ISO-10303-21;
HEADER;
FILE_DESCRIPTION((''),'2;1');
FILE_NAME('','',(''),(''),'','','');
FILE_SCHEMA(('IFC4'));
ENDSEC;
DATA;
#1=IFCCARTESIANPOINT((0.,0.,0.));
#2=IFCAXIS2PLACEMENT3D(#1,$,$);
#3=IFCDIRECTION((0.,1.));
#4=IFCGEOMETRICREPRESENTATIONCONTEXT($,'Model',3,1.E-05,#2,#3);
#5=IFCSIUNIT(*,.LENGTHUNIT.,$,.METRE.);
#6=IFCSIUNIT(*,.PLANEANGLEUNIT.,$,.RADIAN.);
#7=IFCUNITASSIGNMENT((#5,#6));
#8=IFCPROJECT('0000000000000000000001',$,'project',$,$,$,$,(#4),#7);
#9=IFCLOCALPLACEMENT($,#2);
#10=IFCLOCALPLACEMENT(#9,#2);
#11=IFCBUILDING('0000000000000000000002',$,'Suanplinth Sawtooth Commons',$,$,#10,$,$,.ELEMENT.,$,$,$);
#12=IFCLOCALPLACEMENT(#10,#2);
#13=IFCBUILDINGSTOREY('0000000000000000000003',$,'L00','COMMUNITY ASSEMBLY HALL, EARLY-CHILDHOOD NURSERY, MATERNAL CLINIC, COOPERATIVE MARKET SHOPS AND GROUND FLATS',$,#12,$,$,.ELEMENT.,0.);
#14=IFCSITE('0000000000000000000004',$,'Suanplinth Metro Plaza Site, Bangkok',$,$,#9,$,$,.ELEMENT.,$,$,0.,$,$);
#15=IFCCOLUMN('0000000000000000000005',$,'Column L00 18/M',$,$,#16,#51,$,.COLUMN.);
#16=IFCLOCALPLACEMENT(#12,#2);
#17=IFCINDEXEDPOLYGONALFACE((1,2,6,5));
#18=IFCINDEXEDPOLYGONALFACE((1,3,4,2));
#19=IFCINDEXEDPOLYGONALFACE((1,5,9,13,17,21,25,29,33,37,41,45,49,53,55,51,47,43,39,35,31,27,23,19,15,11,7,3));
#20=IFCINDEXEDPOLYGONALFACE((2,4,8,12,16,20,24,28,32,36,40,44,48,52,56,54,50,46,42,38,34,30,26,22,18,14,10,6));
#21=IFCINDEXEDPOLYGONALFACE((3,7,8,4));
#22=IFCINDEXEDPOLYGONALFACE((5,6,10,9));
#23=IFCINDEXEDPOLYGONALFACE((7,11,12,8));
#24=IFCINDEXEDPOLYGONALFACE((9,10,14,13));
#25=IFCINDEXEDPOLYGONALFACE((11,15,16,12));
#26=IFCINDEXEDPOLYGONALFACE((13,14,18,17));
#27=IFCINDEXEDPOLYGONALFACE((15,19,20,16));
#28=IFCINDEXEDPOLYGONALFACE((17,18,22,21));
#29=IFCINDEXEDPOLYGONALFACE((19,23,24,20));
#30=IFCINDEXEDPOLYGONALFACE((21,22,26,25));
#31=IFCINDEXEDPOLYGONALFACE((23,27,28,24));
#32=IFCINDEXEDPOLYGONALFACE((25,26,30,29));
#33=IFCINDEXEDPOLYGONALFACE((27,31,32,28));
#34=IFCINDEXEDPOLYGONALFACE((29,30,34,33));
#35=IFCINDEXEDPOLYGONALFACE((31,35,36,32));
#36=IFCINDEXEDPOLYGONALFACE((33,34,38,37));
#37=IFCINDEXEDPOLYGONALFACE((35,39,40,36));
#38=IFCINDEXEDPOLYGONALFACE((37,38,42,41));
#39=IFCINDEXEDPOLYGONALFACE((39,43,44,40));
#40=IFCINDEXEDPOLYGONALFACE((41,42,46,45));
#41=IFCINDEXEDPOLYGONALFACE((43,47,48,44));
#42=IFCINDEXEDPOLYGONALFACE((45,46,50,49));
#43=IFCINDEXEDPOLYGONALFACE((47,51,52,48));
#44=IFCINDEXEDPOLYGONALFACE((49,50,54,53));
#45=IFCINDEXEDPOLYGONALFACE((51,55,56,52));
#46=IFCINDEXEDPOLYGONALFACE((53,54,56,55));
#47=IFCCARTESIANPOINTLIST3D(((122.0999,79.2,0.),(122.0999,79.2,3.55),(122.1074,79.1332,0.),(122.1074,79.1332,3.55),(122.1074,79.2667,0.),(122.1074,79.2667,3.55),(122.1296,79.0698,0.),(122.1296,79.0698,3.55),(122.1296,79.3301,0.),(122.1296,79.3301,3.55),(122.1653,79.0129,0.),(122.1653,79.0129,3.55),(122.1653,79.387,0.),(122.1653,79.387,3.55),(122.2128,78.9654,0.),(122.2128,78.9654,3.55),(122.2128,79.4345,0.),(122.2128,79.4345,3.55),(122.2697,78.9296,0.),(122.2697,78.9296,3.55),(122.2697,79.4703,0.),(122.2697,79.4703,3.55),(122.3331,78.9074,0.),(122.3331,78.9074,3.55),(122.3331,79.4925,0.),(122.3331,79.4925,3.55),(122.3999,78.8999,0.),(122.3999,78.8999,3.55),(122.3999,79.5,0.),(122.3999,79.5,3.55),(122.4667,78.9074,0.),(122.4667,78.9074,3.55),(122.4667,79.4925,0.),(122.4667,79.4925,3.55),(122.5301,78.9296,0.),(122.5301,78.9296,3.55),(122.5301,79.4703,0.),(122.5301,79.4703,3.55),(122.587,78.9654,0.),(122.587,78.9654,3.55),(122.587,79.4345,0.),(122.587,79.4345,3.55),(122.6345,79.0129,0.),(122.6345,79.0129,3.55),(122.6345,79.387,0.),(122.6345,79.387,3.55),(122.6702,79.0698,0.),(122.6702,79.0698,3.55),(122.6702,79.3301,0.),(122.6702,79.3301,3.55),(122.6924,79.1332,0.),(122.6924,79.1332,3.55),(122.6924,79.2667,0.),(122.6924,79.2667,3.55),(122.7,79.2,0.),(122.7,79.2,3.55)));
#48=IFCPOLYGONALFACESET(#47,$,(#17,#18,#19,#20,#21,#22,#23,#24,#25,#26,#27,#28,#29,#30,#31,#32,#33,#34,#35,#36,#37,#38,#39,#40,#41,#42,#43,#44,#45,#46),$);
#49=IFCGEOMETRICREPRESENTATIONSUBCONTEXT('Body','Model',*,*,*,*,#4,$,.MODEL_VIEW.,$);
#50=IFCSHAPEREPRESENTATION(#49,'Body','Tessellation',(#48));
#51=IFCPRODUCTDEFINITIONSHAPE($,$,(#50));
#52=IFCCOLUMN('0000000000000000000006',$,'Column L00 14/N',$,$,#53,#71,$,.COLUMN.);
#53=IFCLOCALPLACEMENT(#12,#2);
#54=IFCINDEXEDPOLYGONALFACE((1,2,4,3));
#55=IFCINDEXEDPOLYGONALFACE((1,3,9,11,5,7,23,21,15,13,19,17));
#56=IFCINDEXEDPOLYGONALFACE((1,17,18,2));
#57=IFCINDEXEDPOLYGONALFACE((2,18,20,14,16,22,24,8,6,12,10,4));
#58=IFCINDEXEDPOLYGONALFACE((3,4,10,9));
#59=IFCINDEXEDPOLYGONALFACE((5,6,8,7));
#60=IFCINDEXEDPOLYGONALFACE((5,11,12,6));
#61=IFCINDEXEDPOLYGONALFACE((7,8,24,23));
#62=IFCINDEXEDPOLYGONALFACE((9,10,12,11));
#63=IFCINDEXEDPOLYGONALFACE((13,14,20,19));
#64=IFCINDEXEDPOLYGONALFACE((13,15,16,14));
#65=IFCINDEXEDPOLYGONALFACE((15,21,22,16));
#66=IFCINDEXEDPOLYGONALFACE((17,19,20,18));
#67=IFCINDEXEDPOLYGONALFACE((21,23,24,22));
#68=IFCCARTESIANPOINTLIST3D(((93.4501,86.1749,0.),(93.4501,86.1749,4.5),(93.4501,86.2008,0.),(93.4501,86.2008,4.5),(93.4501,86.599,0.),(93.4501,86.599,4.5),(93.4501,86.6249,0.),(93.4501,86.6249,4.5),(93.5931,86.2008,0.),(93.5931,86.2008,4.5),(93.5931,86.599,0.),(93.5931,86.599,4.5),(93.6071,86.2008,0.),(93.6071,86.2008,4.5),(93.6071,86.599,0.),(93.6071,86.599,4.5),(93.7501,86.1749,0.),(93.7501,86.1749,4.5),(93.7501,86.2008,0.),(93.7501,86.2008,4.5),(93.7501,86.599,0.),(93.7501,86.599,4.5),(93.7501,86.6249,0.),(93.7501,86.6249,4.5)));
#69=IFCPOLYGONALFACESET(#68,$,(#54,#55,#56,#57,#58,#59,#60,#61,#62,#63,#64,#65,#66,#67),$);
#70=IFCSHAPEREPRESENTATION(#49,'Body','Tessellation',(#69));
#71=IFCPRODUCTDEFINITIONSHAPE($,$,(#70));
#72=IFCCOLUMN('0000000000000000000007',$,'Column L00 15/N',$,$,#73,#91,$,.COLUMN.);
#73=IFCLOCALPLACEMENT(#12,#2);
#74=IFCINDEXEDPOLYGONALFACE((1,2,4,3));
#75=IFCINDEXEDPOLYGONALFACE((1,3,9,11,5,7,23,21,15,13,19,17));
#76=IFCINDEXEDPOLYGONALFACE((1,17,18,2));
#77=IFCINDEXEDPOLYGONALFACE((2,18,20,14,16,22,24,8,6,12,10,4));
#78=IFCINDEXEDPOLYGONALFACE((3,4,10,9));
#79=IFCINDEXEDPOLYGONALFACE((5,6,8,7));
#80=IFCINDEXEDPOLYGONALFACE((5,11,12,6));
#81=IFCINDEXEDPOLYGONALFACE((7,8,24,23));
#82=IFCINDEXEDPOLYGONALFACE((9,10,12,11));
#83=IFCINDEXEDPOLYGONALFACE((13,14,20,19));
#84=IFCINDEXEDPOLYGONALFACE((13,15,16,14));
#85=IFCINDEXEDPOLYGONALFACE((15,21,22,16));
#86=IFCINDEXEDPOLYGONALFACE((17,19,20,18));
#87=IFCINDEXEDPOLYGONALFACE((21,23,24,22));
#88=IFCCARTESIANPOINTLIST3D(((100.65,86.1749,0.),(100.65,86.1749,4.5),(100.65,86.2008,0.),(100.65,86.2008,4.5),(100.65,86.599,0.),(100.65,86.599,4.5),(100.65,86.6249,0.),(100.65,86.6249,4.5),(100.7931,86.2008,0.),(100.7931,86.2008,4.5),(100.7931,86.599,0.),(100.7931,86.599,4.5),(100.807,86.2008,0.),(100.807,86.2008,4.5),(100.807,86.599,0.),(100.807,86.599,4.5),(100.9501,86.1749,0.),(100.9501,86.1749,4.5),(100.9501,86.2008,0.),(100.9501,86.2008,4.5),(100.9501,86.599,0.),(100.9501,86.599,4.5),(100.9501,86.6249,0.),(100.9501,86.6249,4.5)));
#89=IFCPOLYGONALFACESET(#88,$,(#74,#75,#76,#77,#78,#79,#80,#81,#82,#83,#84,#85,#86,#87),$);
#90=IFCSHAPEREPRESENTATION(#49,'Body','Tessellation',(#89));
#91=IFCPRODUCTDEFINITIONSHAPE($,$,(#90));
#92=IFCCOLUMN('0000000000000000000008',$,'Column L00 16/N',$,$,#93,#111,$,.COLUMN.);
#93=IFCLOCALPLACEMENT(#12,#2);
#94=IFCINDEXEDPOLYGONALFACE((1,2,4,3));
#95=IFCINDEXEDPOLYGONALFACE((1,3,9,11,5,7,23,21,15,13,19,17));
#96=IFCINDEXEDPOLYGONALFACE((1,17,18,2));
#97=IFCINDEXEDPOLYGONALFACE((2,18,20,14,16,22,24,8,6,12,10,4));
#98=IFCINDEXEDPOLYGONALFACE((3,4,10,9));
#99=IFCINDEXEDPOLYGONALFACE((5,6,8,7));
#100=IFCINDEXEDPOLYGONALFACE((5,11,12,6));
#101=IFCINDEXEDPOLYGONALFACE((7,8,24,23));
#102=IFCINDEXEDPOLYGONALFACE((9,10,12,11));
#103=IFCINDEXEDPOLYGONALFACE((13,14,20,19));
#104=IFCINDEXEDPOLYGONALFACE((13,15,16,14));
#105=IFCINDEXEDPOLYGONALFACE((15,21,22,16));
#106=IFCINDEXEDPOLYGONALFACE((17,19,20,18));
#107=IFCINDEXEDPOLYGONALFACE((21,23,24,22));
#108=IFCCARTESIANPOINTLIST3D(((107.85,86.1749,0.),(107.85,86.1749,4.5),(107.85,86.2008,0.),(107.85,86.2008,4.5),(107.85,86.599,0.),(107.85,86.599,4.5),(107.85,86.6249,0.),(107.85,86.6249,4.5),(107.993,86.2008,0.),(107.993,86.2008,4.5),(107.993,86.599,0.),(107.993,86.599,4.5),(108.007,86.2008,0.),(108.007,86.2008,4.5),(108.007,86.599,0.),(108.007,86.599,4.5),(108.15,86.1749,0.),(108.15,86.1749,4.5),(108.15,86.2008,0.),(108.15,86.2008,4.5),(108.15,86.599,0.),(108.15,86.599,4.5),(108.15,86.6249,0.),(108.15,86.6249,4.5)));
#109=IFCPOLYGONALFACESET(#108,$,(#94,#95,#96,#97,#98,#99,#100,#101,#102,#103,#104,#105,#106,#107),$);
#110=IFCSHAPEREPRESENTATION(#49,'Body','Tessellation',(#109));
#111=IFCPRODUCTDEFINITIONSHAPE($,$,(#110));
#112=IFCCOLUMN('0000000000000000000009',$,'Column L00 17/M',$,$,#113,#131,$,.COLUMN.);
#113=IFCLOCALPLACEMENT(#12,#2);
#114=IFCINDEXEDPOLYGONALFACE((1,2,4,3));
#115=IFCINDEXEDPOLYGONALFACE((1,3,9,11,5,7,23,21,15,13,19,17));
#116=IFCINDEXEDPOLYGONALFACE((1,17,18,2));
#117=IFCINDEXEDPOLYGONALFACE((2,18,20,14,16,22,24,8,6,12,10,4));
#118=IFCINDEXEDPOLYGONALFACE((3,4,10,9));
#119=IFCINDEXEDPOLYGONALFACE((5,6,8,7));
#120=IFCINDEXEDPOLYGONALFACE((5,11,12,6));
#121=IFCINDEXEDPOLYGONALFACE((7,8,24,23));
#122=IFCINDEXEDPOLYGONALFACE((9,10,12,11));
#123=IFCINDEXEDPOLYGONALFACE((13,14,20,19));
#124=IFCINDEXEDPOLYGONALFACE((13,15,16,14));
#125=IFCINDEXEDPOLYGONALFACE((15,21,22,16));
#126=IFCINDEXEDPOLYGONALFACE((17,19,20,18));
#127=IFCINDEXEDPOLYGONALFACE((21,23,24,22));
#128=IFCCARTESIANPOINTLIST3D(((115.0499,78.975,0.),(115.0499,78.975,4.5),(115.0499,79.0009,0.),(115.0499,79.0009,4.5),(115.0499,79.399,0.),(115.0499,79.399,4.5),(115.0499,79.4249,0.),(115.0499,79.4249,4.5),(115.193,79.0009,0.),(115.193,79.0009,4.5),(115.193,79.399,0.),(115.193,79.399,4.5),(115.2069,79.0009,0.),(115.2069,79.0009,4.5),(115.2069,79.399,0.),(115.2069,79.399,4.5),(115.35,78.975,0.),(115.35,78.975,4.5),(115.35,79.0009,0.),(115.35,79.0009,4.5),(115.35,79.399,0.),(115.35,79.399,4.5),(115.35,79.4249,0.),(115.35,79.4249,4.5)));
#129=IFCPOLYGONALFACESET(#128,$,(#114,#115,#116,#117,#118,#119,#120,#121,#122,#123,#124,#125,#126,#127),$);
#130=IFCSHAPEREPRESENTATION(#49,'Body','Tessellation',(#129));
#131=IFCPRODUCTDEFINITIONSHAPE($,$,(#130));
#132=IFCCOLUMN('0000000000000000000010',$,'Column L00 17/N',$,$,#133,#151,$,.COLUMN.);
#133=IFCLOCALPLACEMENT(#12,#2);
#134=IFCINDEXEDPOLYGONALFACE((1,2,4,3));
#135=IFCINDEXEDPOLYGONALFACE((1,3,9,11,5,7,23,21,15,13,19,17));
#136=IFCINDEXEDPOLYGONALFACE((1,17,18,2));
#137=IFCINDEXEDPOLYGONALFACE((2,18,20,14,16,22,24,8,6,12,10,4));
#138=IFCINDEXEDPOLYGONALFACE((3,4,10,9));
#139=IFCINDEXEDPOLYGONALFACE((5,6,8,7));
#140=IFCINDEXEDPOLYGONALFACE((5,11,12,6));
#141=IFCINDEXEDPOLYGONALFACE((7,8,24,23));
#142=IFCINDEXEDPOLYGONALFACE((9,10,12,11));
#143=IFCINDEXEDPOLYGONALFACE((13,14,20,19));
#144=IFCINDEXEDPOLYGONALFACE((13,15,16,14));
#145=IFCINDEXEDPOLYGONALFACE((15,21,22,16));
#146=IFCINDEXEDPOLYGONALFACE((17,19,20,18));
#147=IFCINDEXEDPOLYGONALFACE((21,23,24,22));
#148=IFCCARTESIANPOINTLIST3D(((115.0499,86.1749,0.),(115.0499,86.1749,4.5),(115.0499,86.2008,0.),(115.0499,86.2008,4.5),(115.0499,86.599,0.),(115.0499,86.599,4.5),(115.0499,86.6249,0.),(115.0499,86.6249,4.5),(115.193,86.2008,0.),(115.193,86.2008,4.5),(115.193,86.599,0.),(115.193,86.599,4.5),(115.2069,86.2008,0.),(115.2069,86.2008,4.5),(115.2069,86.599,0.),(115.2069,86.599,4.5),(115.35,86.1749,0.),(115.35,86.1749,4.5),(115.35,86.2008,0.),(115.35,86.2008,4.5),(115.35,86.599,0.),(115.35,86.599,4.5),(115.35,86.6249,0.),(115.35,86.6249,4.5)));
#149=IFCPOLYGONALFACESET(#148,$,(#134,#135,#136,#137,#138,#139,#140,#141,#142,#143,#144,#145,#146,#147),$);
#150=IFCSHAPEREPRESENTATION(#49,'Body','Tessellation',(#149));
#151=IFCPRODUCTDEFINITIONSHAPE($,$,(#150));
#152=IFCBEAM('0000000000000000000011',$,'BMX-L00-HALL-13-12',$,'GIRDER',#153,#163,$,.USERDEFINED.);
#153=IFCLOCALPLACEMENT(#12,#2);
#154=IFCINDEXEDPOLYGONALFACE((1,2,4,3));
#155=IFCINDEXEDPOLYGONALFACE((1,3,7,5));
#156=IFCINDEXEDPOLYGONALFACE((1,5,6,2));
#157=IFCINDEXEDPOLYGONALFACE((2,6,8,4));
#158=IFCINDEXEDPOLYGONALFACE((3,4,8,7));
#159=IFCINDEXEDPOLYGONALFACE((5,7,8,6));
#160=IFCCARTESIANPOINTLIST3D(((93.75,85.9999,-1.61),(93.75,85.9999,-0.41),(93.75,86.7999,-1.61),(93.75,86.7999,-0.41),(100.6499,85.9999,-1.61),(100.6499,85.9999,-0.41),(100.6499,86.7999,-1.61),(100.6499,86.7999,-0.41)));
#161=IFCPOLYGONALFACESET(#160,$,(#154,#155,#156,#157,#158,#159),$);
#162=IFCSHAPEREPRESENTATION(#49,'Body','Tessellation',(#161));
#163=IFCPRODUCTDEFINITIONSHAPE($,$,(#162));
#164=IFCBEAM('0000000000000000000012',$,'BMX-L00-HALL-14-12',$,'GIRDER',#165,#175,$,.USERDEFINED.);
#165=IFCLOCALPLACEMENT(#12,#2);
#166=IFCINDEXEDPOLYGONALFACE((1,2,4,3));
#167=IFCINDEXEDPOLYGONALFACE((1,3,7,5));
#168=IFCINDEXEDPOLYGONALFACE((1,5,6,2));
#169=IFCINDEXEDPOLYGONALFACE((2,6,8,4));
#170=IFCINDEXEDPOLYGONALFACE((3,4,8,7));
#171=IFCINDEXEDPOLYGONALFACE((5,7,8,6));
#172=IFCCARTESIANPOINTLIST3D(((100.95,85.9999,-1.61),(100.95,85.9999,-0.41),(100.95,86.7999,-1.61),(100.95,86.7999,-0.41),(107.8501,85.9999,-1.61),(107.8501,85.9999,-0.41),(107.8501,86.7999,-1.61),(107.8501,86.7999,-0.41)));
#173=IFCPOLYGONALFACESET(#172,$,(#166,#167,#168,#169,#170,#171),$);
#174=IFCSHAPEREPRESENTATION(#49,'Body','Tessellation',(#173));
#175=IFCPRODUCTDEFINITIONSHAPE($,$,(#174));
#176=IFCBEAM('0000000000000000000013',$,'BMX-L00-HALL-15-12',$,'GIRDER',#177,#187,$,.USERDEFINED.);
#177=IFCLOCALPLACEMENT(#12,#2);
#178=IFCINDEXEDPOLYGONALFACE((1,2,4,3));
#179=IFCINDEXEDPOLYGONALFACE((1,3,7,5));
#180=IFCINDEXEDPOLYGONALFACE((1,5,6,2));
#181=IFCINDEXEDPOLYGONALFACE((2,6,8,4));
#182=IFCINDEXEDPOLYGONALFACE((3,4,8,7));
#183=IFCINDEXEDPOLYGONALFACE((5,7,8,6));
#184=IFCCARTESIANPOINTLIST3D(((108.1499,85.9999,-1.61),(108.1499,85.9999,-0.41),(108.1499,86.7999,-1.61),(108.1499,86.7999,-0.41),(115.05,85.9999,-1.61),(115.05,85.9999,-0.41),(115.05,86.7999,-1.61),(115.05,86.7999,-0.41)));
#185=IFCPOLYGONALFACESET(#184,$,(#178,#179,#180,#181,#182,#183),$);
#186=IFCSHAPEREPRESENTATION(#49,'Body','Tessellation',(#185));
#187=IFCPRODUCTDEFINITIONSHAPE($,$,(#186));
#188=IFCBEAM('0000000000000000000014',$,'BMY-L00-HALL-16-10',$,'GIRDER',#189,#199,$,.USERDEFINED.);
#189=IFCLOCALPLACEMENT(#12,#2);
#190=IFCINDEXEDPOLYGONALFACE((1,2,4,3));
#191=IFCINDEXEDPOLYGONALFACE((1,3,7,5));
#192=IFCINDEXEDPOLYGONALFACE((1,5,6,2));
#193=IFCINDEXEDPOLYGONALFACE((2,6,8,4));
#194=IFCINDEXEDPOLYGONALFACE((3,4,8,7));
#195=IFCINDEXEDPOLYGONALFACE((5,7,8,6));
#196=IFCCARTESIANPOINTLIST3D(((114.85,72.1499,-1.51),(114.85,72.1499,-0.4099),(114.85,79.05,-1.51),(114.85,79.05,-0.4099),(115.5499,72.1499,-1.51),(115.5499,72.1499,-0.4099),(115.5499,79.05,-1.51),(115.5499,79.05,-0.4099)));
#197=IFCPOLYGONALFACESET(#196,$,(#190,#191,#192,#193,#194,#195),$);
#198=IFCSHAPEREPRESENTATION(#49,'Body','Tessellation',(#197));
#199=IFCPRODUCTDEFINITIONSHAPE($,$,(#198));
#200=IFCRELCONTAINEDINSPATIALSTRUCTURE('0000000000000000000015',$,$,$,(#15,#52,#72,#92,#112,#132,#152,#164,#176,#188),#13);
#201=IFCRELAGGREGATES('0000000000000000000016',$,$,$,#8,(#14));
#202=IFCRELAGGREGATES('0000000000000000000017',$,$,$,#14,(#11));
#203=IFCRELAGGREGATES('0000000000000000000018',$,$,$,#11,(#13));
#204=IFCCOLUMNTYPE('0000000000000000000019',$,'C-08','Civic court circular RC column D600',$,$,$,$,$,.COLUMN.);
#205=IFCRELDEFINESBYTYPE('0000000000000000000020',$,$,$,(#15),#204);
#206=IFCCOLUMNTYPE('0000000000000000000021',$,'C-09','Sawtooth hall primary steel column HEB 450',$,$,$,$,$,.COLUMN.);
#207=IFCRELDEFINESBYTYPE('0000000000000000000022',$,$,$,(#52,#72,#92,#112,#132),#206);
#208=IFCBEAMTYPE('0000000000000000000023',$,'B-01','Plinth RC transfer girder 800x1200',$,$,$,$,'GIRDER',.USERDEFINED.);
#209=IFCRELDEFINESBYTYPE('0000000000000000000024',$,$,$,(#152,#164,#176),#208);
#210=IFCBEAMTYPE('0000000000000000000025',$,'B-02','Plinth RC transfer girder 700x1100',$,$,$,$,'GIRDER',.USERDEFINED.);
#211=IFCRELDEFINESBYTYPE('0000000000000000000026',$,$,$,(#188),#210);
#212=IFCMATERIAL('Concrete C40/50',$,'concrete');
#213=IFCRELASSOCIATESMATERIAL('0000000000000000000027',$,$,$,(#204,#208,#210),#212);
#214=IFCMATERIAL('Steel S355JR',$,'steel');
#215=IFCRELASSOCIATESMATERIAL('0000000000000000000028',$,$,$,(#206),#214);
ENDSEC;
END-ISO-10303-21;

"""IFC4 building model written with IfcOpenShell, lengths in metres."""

from ifc_helpers import new_model, si_unit, direction, frame, origin, origin_2d, place, context, subcontext, project, spatial, rectangle, circle, i_section, extrude, material, material_profile, profile_set, type_object, element, save


model = new_model("IFC4")

# Units and contexts
model_context = context("Model", 3, precision=1e-05, world=origin(), true_north=direction((0.0, 1.0)))
body_context = subcontext(model_context, "Body", "Model", "MODEL_VIEW")
ifc_project = project(units=[si_unit("LENGTHUNIT", "METRE"), si_unit("PLANEANGLEUNIT", "RADIAN")], contexts=[model_context])

# Site, building, storey
site_placement = place(None, origin())
site = spatial("IfcSite", under=ifc_project, at=site_placement, Name="Suanplinth Metro Plaza Site, Bangkok", CompositionType="ELEMENT", RefElevation=0.0)
building_placement = place(site_placement, origin())
building = spatial("IfcBuilding", under=site, at=building_placement, Name="Suanplinth Sawtooth Commons", CompositionType="ELEMENT")
storey_placement = place(building_placement, origin())
storey = spatial("IfcBuildingStorey", under=building, at=storey_placement, Name="L00", Description="COMMUNITY ASSEMBLY HALL, EARLY-CHILDHOOD NURSERY, MATERNAL CLINIC, COOPERATIVE MARKET SHOPS AND GROUND FLATS", CompositionType="ELEMENT", Elevation=0.0)

# Columns
ifc_material_1 = material(Name="Concrete C40/50", Category="concrete")
ifc_material_profile_1 = material_profile(ifc_material_1, circle(Radius=0.3, at=origin_2d()), Name="RC-CIRC D600")
ifc_profile_set_1 = profile_set([ifc_material_profile_1], Name="Concrete C40/50")
column_type_1 = type_object("IfcColumnType", Name="C-08", Description="Civic court circular RC column D600", PredefinedType="COLUMN", material=ifc_profile_set_1)
column_placement = place(storey_placement, frame((122.3999, 79.2, 0.0), z_axis=(0.0, 0.0, 1.0), x_axis=(1.0, 0.0, 0.0)))
element("IfcColumn", 1, at=column_placement, inside=storey, type_object=column_type_1, Name="Column L00 18/M", PredefinedType="COLUMN", context=body_context, shape_type="SweptSolid", body=[
    extrude(circle(Radius=0.3, at=origin_2d()), origin(), (0.0, 0.0, 1.0), 3.55),
])
ifc_material_2 = material(Name="Steel S355JR", Category="steel")
ifc_material_profile_2 = material_profile(ifc_material_2, i_section(OverallWidth=0.3, OverallDepth=0.45, WebThickness=0.0139, FlangeThickness=0.0259, at=origin_2d()), Name="HEB 450")
ifc_profile_set_2 = profile_set([ifc_material_profile_2], Name="Steel S355JR")
column_type_2 = type_object("IfcColumnType", Name="C-09", Description="Sawtooth hall primary steel column HEB 450", PredefinedType="COLUMN", material=ifc_profile_set_2)
for number, where, z_axis, x_axis, name in (
    (2, (93.6001, 86.3999, 0.0), (0.0, 0.0, 1.0), (1.0, 0.0, 0.0), "Column L00 14/N"),
    (3, (100.8, 86.3999, 0.0), (0.0, 0.0, 1.0), (1.0, 0.0, 0.0), "Column L00 15/N"),
    (4, (108.0, 86.3999, 0.0), (0.0, 0.0, 1.0), (1.0, 0.0, 0.0), "Column L00 16/N"),
    (5, (115.2, 79.2, 0.0), (0.0, 0.0, 1.0), (1.0, 0.0, 0.0), "Column L00 17/M"),
    (6, (115.2, 86.3999, 0.0), (0.0, 0.0, 1.0), (1.0, 0.0, 0.0), "Column L00 17/N"),
):
    element("IfcColumn", number, at=place(storey_placement, frame(where, z_axis=z_axis, x_axis=x_axis)), inside=storey, type_object=column_type_2, Name=name, PredefinedType="COLUMN", context=body_context, shape_type="SweptSolid", body=[
        extrude(i_section(OverallWidth=0.3, OverallDepth=0.45, WebThickness=0.0139, FlangeThickness=0.0259, at=origin_2d()), origin(), (0.0, 0.0, 1.0), 4.5),
    ])

# Beams
ifc_material_profile_3 = material_profile(ifc_material_1, rectangle(XDim=0.8, YDim=1.2, at=origin_2d()), Name="RC-TG 800x1200")
ifc_profile_set_3 = profile_set([ifc_material_profile_3], Name="Concrete C40/50")
beam_type_1 = type_object("IfcBeamType", Name="B-01", Description="Plinth RC transfer girder 800x1200", ElementType="GIRDER", PredefinedType="USERDEFINED", material=ifc_profile_set_3)
beam_1_placement = place(storey_placement, frame((93.75, 86.3999, -1.01), z_axis=(1.0, 0.0, 0.0), x_axis=(0.0, 1.0, 0.0)))
element("IfcBeam", 7, at=beam_1_placement, inside=storey, type_object=beam_type_1, Name="BMX-L00-HALL-13-12", ObjectType="GIRDER", PredefinedType="USERDEFINED", context=body_context, shape_type="SweptSolid", body=[
    extrude(rectangle(XDim=0.8, YDim=1.2, at=origin_2d()), origin(), (0.0, 0.0, 1.0), 6.8999),
])
for number, where, z_axis, x_axis, name in (
    (8, (100.95, 86.3999, -1.01), (1.0, 0.0, 0.0), (0.0, 1.0, 0.0), "BMX-L00-HALL-14-12"),
    (9, (108.1499, 86.3999, -1.01), (1.0, 0.0, 0.0), (0.0, 1.0, 0.0), "BMX-L00-HALL-15-12"),
):
    element("IfcBeam", number, at=place(storey_placement, frame(where, z_axis=z_axis, x_axis=x_axis)), inside=storey, type_object=beam_type_1, Name=name, ObjectType="GIRDER", PredefinedType="USERDEFINED", context=body_context, shape_type="SweptSolid", body=[
        extrude(rectangle(XDim=0.8, YDim=1.2, at=origin_2d()), origin(), (0.0, 0.0, 1.0), 6.9001),
    ])
ifc_material_profile_4 = material_profile(ifc_material_1, rectangle(XDim=0.7, YDim=1.1001, at=origin_2d()), Name="RC-TG 700x1100")
ifc_profile_set_4 = profile_set([ifc_material_profile_4], Name="Concrete C40/50")
beam_type_2 = type_object("IfcBeamType", Name="B-02", Description="Plinth RC transfer girder 700x1100", ElementType="GIRDER", PredefinedType="USERDEFINED", material=ifc_profile_set_4)
beam_2_placement = place(storey_placement, frame((115.2, 72.1499, -0.96), z_axis=(0.0, 1.0, 0.0), x_axis=(-1.0, 0.0, 0.0)))
element("IfcBeam", 10, at=beam_2_placement, inside=storey, type_object=beam_type_2, Name="BMY-L00-HALL-16-10", ObjectType="GIRDER", PredefinedType="USERDEFINED", context=body_context, shape_type="SweptSolid", body=[
    extrude(rectangle(XDim=0.7, YDim=1.1001, at=origin_2d()), origin(), (0.0, 0.0, 1.0), 6.9001),
])

save(model, "model.ifc")
